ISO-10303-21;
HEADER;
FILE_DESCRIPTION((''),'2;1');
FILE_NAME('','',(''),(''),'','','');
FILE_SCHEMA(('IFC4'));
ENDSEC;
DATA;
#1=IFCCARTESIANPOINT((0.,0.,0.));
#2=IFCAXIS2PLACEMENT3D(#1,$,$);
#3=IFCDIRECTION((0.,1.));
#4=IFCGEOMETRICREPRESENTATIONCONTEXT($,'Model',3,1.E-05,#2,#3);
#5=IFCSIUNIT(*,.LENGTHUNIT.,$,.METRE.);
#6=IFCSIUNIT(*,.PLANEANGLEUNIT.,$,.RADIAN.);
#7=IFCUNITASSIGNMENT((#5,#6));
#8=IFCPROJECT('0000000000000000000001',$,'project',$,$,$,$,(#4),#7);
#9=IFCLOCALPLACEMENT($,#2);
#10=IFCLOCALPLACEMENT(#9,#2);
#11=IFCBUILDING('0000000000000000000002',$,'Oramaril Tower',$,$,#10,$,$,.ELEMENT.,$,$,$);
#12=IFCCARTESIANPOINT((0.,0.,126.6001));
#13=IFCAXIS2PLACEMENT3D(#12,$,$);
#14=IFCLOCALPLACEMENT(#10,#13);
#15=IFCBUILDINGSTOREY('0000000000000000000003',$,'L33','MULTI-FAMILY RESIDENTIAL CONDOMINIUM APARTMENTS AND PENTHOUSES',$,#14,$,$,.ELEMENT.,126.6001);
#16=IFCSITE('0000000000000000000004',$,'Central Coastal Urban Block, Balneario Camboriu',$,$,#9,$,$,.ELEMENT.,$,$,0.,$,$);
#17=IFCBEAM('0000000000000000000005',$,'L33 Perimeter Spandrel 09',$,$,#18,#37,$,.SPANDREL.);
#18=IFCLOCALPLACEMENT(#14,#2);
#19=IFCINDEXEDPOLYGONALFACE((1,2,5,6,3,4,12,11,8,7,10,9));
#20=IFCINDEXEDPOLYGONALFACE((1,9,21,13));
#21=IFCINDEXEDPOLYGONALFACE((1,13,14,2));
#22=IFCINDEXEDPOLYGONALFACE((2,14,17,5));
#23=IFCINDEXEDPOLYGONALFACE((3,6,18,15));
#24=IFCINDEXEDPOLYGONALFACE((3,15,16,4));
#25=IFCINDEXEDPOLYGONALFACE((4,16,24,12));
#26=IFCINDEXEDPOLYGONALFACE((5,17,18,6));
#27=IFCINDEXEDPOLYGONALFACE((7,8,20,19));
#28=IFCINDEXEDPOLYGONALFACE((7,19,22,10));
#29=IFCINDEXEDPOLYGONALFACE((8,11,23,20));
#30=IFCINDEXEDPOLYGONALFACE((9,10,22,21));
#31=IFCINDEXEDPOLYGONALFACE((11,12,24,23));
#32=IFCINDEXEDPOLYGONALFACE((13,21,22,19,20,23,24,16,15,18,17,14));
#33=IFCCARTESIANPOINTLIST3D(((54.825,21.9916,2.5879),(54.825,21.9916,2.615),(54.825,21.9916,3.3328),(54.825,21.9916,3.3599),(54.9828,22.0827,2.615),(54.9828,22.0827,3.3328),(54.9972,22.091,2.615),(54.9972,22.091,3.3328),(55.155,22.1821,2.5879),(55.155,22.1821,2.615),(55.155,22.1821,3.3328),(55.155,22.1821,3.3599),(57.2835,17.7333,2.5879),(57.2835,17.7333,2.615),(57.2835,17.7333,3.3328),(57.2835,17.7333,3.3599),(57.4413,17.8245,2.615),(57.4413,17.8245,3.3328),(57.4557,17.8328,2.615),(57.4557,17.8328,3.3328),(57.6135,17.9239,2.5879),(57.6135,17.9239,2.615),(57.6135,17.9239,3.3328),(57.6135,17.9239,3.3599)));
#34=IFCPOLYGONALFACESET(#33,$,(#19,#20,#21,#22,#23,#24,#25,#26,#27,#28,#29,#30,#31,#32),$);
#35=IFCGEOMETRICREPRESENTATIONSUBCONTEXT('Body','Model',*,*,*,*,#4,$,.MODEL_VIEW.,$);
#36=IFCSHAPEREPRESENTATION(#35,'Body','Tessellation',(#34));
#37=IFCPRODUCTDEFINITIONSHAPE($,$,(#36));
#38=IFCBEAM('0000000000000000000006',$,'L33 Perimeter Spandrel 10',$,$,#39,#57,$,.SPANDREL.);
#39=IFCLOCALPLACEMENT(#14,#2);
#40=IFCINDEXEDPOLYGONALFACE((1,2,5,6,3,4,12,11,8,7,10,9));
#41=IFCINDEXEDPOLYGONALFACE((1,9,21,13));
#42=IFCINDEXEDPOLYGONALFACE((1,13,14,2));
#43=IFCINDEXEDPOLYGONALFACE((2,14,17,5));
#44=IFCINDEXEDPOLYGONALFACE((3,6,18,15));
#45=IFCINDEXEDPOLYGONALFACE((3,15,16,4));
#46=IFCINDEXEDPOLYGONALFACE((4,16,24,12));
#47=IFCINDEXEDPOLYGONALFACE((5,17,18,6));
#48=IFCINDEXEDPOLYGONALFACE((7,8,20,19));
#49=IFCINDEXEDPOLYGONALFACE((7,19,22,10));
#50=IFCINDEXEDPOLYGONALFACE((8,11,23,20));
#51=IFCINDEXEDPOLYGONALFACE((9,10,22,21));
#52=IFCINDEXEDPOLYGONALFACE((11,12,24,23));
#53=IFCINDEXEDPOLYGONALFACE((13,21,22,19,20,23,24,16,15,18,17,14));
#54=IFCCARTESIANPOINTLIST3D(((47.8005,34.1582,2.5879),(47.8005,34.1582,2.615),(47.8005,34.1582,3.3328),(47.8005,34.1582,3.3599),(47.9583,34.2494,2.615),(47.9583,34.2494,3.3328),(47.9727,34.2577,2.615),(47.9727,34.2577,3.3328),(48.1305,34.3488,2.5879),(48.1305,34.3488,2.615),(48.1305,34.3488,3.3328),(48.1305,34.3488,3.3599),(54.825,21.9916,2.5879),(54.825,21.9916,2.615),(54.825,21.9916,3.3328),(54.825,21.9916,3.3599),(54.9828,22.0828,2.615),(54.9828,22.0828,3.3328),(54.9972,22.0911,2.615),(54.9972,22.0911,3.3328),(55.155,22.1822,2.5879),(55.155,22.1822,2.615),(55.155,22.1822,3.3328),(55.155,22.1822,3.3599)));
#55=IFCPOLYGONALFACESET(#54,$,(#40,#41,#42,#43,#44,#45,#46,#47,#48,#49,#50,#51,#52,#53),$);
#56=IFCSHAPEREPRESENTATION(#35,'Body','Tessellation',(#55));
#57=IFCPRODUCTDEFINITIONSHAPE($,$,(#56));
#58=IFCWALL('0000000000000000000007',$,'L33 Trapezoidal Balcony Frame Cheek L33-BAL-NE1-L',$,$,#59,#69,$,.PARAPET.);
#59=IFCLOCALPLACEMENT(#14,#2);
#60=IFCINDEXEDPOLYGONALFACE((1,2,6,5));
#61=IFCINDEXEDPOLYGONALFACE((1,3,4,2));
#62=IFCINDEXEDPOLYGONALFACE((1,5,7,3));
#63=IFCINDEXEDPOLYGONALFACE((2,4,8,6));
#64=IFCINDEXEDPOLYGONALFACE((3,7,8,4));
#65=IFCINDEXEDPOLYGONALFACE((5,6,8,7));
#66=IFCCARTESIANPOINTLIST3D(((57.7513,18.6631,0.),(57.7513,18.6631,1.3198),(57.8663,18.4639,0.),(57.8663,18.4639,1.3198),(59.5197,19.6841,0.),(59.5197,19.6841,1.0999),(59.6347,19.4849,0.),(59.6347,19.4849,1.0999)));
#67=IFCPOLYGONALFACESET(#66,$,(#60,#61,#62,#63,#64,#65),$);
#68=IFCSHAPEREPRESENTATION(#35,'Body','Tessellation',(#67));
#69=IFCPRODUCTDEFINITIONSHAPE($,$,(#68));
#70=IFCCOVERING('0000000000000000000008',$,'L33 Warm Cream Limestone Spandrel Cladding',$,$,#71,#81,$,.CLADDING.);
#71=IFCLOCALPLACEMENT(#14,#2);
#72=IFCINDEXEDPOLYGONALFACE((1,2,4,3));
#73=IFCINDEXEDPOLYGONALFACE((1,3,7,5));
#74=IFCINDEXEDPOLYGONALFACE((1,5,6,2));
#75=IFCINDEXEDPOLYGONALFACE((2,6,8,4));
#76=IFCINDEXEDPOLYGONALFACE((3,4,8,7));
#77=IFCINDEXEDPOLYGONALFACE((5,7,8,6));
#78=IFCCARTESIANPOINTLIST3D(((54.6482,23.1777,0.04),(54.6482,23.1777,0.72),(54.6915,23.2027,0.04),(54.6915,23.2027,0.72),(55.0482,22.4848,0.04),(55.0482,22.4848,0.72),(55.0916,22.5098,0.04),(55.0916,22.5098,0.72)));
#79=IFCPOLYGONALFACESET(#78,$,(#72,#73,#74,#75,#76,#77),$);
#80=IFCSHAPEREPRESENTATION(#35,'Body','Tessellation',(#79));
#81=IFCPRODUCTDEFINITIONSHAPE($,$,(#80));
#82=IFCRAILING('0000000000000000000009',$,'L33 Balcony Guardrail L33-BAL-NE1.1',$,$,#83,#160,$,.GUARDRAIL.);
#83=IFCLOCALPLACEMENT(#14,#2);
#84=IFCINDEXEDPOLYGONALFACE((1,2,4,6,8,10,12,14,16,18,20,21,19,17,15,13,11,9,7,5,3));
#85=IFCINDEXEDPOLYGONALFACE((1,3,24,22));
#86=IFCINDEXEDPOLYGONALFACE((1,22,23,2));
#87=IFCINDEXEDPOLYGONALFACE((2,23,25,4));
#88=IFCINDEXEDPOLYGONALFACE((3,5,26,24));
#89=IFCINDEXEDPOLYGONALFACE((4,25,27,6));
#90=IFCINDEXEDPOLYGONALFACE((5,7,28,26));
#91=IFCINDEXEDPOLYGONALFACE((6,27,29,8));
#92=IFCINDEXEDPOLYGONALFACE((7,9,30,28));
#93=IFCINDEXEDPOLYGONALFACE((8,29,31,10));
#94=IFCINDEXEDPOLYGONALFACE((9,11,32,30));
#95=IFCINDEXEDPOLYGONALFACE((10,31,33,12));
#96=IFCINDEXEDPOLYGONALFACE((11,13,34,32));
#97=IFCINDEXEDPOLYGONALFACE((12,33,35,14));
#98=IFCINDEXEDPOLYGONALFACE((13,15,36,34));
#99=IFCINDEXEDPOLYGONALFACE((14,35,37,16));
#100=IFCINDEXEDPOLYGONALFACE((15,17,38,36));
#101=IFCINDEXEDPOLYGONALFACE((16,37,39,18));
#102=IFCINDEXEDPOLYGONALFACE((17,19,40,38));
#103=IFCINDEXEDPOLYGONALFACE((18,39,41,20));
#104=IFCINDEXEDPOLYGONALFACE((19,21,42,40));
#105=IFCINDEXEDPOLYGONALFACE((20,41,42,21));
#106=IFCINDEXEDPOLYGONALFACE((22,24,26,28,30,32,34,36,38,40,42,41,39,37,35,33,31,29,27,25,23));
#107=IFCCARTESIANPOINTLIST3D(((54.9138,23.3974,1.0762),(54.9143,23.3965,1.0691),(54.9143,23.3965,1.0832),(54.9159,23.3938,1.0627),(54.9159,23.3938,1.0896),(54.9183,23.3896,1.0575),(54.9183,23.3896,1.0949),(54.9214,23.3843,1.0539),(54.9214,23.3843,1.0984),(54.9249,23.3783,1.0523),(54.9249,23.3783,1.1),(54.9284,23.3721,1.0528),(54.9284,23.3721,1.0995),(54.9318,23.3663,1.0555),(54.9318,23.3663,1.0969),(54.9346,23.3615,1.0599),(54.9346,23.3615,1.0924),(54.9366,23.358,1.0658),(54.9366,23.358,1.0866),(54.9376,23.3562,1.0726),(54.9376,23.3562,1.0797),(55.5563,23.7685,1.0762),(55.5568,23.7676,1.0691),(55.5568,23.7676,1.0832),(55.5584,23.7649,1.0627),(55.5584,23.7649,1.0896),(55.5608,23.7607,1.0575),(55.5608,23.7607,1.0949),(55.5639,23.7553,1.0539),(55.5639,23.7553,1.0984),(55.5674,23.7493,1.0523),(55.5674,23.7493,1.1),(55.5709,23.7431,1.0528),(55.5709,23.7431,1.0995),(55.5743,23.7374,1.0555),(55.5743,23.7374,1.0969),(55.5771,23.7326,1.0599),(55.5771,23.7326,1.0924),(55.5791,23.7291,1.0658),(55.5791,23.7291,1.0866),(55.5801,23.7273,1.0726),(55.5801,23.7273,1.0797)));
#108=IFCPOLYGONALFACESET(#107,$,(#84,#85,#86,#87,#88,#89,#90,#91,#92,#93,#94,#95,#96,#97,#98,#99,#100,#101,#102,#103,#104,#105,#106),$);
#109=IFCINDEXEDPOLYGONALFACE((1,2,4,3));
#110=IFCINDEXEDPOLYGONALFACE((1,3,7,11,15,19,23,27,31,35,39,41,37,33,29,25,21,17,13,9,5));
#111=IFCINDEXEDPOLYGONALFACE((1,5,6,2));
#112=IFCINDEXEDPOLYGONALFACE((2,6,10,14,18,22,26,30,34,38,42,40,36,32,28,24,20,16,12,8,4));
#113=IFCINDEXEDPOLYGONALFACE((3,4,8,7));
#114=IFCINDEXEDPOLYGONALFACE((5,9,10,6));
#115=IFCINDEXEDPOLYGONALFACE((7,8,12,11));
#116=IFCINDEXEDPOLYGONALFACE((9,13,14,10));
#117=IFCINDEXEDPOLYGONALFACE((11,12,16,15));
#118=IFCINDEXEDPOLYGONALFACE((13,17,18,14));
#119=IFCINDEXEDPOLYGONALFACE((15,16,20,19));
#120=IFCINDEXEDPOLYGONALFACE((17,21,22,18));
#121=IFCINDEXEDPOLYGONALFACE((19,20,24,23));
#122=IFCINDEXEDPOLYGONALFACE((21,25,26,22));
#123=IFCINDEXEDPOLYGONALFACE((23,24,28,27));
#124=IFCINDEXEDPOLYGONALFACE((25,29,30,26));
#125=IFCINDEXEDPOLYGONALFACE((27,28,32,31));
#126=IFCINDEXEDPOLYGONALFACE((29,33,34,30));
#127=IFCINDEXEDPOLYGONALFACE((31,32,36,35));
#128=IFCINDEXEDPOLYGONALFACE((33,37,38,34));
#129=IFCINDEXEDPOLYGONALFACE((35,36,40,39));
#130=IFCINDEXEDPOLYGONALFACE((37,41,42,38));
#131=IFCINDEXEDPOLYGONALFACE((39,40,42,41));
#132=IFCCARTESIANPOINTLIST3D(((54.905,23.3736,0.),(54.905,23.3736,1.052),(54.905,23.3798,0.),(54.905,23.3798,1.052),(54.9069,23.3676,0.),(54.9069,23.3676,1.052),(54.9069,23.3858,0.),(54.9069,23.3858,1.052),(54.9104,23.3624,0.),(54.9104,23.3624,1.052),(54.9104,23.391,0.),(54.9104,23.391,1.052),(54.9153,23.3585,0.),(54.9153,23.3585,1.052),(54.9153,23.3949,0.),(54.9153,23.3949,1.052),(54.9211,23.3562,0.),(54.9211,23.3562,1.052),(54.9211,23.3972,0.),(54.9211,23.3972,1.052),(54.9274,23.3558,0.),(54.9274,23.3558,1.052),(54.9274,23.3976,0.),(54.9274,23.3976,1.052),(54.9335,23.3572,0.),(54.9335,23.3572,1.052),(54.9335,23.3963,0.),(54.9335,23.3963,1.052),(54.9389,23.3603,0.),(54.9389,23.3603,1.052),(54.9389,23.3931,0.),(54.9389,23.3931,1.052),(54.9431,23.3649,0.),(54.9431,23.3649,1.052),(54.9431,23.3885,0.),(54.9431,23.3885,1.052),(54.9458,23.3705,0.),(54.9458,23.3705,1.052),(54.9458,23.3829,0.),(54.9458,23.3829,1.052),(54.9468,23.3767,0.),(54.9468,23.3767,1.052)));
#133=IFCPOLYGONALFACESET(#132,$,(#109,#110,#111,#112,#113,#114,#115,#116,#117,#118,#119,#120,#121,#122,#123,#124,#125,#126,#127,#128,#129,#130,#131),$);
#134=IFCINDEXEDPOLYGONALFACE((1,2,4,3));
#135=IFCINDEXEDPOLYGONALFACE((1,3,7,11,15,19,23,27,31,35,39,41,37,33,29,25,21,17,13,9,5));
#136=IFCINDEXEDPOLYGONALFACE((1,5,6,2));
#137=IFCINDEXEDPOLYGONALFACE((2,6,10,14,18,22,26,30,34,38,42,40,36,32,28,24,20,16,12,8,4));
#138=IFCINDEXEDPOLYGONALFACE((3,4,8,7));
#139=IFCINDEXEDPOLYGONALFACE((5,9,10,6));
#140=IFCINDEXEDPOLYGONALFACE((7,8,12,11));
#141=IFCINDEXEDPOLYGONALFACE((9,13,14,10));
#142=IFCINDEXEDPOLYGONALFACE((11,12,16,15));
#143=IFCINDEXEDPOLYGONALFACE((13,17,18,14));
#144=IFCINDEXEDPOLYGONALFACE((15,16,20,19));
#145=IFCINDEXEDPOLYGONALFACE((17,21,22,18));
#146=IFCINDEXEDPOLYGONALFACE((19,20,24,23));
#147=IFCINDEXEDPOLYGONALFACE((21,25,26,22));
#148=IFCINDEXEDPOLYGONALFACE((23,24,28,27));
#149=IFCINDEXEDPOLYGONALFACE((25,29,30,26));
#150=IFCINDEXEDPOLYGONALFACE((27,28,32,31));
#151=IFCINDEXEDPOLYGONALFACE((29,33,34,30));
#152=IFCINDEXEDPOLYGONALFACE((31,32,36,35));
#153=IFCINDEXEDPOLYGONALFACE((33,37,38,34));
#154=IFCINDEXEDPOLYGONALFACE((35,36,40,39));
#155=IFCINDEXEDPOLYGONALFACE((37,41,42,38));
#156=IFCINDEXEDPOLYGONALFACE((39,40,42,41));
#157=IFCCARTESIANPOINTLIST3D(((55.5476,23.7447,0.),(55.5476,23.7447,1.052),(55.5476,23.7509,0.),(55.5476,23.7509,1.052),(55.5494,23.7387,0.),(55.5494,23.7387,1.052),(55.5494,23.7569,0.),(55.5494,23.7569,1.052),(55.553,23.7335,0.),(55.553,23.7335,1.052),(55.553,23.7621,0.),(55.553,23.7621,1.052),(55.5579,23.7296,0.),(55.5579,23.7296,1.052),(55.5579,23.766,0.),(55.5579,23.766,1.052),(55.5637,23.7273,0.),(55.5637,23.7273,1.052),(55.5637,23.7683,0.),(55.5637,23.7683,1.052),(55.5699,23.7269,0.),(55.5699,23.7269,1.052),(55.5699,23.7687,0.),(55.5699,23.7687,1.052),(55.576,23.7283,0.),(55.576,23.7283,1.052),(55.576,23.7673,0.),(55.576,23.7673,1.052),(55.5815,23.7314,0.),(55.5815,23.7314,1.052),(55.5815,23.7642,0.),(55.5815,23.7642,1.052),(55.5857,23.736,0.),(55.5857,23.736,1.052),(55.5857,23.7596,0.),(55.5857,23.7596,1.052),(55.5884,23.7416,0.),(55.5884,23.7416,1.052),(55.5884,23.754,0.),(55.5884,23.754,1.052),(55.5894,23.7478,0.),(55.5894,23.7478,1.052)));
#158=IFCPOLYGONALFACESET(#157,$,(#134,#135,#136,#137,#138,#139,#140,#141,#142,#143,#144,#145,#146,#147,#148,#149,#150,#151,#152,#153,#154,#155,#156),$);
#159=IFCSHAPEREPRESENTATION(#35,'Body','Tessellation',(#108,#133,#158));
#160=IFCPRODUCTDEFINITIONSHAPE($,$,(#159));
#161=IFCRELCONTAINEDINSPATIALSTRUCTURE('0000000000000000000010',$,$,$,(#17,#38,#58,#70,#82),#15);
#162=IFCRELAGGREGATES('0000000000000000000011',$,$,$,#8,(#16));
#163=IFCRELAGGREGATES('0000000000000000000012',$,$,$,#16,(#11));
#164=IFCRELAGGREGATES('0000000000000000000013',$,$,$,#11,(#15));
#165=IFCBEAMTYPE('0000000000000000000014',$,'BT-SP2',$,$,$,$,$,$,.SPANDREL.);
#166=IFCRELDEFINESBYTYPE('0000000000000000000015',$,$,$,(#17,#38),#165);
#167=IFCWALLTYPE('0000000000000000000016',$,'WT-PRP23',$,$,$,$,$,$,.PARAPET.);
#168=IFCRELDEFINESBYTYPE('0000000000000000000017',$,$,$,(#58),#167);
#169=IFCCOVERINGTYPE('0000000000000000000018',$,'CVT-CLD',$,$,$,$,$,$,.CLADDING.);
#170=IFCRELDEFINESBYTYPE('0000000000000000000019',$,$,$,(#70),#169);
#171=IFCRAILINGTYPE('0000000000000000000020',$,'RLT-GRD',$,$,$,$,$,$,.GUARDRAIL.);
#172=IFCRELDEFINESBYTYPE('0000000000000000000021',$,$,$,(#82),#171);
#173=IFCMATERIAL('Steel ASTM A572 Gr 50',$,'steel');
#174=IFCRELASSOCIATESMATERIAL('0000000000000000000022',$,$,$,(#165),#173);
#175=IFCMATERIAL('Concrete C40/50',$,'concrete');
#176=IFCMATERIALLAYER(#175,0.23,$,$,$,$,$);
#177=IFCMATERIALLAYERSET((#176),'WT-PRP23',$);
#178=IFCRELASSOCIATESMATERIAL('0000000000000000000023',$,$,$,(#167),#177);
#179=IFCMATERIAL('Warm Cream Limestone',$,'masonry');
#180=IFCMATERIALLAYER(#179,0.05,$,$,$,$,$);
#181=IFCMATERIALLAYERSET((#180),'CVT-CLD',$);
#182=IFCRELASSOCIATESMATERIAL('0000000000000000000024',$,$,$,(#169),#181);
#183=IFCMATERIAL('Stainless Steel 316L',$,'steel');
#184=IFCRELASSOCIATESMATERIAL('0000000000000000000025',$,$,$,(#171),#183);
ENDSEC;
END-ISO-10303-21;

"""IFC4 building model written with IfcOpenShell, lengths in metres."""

from ifc_helpers import new_model, si_unit, direction, frame, origin, origin_2d, place, context, subcontext, project, spatial, polyline, rectangle, circle, i_section, outline, extrude, material, layer, layer_set, material_profile, profile_set, type_object, element, save


model = new_model("IFC4")

# Units and contexts
model_context = context("Model", 3, precision=1e-05, world=origin(), true_north=direction((0.0, 1.0)))
body_context = subcontext(model_context, "Body", "Model", "MODEL_VIEW")
ifc_project = project(units=[si_unit("LENGTHUNIT", "METRE"), si_unit("PLANEANGLEUNIT", "RADIAN")], contexts=[model_context])

# Site, building, storey
site_placement = place(None, origin())
site = spatial("IfcSite", under=ifc_project, at=site_placement, Name="Central Coastal Urban Block, Balneario Camboriu", CompositionType="ELEMENT", RefElevation=0.0)
building_placement = place(site_placement, origin())
building = spatial("IfcBuilding", under=site, at=building_placement, Name="Oramaril Tower", CompositionType="ELEMENT")
storey_placement = place(building_placement, frame((0.0, 0.0, 126.6001)))
storey = spatial("IfcBuildingStorey", under=building, at=storey_placement, Name="L33", Description="MULTI-FAMILY RESIDENTIAL CONDOMINIUM APARTMENTS AND PENTHOUSES", CompositionType="ELEMENT", Elevation=126.6001)

# Beams
ifc_material_1 = material(Name="Steel ASTM A572 Gr 50", Category="steel")
ifc_material_profile_1 = material_profile(ifc_material_1, i_section(OverallWidth=0.3811, OverallDepth=0.772, WebThickness=0.0166, FlangeThickness=0.0271, at=origin_2d()), Name="W30X173")
ifc_profile_set_1 = profile_set([ifc_material_profile_1], Name="Steel ASTM A572 Gr 50")
beam_type_1 = type_object("IfcBeamType", Name="BT-SP2", PredefinedType="SPANDREL", material=ifc_profile_set_1)
beam_1_placement = place(storey_placement, frame((57.4485, 17.8286, 2.9739), z_axis=(-0.499995, 0.866028, 0.0), x_axis=(-0.866028, -0.499995, 0.0)))
element("IfcBeam", 1, at=beam_1_placement, inside=storey, type_object=beam_type_1, Name="L33 Perimeter Spandrel 09", PredefinedType="SPANDREL", context=body_context, shape_type="SweptSolid", body=[
    extrude(i_section(OverallWidth=0.3811, OverallDepth=0.772, WebThickness=0.0166, FlangeThickness=0.0271, at=origin_2d()), origin(), (0.0, 0.0, 1.0), 4.917),
])
beam_2_placement = place(storey_placement, frame((54.99, 22.0869, 2.9739), z_axis=(-0.500004, 0.866023, 0.0), x_axis=(-0.866023, -0.500004, 0.0)))
element("IfcBeam", 2, at=beam_2_placement, inside=storey, type_object=beam_type_1, Name="L33 Perimeter Spandrel 10", PredefinedType="SPANDREL", context=body_context, shape_type="SweptSolid", body=[
    extrude(i_section(OverallWidth=0.3811, OverallDepth=0.772, WebThickness=0.0166, FlangeThickness=0.0271, at=origin_2d()), origin(), (0.0, 0.0, 1.0), 14.0488),
])

# Wall
ifc_material_2 = material(Name="Concrete C40/50", Category="concrete")
ifc_layer_1 = layer(ifc_material_2, 0.23)
ifc_layer_set_1 = layer_set([ifc_layer_1], Name="WT-PRP23")
wall_type = type_object("IfcWallType", Name="WT-PRP23", PredefinedType="PARAPET", material=ifc_layer_set_1)
wall_placement = place(storey_placement, frame((57.8088, 18.5635, 0.0), z_axis=(0.0, 0.0, 1.0), x_axis=(0.866012, 0.500023, 0.0)))
element("IfcWall", 3, at=wall_placement, inside=storey, type_object=wall_type, Name="L33 Trapezoidal Balcony Frame Cheek L33-BAL-NE1-L", PredefinedType="PARAPET", context=body_context, shape_type="SweptSolid", body=[
    extrude(outline(polyline([(0.0, 0.0), (2.042, 0.0), (2.042, 1.0999), (0.0, 1.3198), (0.0, 0.0)])), frame((0.0, 0.115, 0.0), z_axis=(0.0, -1.0, 0.0), x_axis=(1.0, 0.0, 0.0)), (0.0, 0.0, 1.0), 0.23),
])

# Covering
ifc_material_3 = material(Name="Warm Cream Limestone", Category="masonry")
ifc_layer_2 = layer(ifc_material_3, 0.05)
ifc_layer_set_2 = layer_set([ifc_layer_2], Name="CVT-CLD")
covering_type = type_object("IfcCoveringType", Name="CVT-CLD", PredefinedType="CLADDING", material=ifc_layer_set_2)
covering_placement = place(storey_placement, frame((54.8699, 22.8438, 0.04), z_axis=(0.0, 0.0, 1.0), x_axis=(-0.499998, 0.866026, 0.0)))
element("IfcCovering", 4, at=covering_placement, inside=storey, type_object=covering_type, Name="L33 Warm Cream Limestone Spandrel Cladding", PredefinedType="CLADDING", context=body_context, shape_type="SweptSolid", body=[
    extrude(rectangle(XDim=0.8, YDim=0.05, at=origin_2d()), origin(), (0.0, 0.0, 1.0), 0.6799),
])

# Railing
ifc_material_4 = material(Name="Stainless Steel 316L", Category="steel")
railing_type = type_object("IfcRailingType", Name="RLT-GRD", PredefinedType="GUARDRAIL", material=ifc_material_4)
railing_1_placement = place(storey_placement, frame((54.9258, 23.3767, 0.0)))
element("IfcRailing", 5, at=railing_1_placement, inside=storey, type_object=railing_type, Name="L33 Balcony Guardrail L33-BAL-NE1.1", PredefinedType="GUARDRAIL", context=body_context, shape_type="SweptSolid", body=[
    extrude(circle(Radius=0.0239, at=origin_2d()), frame((0.0, 0.0, 1.0762), z_axis=(0.865966, 0.500102, 0.0), x_axis=(-0.500102, 0.865966, 0.0)), (0.0, 0.0, 1.0), 0.7419),
    extrude(circle(Radius=0.021, at=origin_2d()), origin(), (0.0, 0.0, 1.0), 1.052),
    extrude(circle(Radius=0.021, at=origin_2d()), frame((0.6426, 0.3711, 0.0)), (0.0, 0.0, 1.0), 1.052),
])

save(model, "model.ifc")
